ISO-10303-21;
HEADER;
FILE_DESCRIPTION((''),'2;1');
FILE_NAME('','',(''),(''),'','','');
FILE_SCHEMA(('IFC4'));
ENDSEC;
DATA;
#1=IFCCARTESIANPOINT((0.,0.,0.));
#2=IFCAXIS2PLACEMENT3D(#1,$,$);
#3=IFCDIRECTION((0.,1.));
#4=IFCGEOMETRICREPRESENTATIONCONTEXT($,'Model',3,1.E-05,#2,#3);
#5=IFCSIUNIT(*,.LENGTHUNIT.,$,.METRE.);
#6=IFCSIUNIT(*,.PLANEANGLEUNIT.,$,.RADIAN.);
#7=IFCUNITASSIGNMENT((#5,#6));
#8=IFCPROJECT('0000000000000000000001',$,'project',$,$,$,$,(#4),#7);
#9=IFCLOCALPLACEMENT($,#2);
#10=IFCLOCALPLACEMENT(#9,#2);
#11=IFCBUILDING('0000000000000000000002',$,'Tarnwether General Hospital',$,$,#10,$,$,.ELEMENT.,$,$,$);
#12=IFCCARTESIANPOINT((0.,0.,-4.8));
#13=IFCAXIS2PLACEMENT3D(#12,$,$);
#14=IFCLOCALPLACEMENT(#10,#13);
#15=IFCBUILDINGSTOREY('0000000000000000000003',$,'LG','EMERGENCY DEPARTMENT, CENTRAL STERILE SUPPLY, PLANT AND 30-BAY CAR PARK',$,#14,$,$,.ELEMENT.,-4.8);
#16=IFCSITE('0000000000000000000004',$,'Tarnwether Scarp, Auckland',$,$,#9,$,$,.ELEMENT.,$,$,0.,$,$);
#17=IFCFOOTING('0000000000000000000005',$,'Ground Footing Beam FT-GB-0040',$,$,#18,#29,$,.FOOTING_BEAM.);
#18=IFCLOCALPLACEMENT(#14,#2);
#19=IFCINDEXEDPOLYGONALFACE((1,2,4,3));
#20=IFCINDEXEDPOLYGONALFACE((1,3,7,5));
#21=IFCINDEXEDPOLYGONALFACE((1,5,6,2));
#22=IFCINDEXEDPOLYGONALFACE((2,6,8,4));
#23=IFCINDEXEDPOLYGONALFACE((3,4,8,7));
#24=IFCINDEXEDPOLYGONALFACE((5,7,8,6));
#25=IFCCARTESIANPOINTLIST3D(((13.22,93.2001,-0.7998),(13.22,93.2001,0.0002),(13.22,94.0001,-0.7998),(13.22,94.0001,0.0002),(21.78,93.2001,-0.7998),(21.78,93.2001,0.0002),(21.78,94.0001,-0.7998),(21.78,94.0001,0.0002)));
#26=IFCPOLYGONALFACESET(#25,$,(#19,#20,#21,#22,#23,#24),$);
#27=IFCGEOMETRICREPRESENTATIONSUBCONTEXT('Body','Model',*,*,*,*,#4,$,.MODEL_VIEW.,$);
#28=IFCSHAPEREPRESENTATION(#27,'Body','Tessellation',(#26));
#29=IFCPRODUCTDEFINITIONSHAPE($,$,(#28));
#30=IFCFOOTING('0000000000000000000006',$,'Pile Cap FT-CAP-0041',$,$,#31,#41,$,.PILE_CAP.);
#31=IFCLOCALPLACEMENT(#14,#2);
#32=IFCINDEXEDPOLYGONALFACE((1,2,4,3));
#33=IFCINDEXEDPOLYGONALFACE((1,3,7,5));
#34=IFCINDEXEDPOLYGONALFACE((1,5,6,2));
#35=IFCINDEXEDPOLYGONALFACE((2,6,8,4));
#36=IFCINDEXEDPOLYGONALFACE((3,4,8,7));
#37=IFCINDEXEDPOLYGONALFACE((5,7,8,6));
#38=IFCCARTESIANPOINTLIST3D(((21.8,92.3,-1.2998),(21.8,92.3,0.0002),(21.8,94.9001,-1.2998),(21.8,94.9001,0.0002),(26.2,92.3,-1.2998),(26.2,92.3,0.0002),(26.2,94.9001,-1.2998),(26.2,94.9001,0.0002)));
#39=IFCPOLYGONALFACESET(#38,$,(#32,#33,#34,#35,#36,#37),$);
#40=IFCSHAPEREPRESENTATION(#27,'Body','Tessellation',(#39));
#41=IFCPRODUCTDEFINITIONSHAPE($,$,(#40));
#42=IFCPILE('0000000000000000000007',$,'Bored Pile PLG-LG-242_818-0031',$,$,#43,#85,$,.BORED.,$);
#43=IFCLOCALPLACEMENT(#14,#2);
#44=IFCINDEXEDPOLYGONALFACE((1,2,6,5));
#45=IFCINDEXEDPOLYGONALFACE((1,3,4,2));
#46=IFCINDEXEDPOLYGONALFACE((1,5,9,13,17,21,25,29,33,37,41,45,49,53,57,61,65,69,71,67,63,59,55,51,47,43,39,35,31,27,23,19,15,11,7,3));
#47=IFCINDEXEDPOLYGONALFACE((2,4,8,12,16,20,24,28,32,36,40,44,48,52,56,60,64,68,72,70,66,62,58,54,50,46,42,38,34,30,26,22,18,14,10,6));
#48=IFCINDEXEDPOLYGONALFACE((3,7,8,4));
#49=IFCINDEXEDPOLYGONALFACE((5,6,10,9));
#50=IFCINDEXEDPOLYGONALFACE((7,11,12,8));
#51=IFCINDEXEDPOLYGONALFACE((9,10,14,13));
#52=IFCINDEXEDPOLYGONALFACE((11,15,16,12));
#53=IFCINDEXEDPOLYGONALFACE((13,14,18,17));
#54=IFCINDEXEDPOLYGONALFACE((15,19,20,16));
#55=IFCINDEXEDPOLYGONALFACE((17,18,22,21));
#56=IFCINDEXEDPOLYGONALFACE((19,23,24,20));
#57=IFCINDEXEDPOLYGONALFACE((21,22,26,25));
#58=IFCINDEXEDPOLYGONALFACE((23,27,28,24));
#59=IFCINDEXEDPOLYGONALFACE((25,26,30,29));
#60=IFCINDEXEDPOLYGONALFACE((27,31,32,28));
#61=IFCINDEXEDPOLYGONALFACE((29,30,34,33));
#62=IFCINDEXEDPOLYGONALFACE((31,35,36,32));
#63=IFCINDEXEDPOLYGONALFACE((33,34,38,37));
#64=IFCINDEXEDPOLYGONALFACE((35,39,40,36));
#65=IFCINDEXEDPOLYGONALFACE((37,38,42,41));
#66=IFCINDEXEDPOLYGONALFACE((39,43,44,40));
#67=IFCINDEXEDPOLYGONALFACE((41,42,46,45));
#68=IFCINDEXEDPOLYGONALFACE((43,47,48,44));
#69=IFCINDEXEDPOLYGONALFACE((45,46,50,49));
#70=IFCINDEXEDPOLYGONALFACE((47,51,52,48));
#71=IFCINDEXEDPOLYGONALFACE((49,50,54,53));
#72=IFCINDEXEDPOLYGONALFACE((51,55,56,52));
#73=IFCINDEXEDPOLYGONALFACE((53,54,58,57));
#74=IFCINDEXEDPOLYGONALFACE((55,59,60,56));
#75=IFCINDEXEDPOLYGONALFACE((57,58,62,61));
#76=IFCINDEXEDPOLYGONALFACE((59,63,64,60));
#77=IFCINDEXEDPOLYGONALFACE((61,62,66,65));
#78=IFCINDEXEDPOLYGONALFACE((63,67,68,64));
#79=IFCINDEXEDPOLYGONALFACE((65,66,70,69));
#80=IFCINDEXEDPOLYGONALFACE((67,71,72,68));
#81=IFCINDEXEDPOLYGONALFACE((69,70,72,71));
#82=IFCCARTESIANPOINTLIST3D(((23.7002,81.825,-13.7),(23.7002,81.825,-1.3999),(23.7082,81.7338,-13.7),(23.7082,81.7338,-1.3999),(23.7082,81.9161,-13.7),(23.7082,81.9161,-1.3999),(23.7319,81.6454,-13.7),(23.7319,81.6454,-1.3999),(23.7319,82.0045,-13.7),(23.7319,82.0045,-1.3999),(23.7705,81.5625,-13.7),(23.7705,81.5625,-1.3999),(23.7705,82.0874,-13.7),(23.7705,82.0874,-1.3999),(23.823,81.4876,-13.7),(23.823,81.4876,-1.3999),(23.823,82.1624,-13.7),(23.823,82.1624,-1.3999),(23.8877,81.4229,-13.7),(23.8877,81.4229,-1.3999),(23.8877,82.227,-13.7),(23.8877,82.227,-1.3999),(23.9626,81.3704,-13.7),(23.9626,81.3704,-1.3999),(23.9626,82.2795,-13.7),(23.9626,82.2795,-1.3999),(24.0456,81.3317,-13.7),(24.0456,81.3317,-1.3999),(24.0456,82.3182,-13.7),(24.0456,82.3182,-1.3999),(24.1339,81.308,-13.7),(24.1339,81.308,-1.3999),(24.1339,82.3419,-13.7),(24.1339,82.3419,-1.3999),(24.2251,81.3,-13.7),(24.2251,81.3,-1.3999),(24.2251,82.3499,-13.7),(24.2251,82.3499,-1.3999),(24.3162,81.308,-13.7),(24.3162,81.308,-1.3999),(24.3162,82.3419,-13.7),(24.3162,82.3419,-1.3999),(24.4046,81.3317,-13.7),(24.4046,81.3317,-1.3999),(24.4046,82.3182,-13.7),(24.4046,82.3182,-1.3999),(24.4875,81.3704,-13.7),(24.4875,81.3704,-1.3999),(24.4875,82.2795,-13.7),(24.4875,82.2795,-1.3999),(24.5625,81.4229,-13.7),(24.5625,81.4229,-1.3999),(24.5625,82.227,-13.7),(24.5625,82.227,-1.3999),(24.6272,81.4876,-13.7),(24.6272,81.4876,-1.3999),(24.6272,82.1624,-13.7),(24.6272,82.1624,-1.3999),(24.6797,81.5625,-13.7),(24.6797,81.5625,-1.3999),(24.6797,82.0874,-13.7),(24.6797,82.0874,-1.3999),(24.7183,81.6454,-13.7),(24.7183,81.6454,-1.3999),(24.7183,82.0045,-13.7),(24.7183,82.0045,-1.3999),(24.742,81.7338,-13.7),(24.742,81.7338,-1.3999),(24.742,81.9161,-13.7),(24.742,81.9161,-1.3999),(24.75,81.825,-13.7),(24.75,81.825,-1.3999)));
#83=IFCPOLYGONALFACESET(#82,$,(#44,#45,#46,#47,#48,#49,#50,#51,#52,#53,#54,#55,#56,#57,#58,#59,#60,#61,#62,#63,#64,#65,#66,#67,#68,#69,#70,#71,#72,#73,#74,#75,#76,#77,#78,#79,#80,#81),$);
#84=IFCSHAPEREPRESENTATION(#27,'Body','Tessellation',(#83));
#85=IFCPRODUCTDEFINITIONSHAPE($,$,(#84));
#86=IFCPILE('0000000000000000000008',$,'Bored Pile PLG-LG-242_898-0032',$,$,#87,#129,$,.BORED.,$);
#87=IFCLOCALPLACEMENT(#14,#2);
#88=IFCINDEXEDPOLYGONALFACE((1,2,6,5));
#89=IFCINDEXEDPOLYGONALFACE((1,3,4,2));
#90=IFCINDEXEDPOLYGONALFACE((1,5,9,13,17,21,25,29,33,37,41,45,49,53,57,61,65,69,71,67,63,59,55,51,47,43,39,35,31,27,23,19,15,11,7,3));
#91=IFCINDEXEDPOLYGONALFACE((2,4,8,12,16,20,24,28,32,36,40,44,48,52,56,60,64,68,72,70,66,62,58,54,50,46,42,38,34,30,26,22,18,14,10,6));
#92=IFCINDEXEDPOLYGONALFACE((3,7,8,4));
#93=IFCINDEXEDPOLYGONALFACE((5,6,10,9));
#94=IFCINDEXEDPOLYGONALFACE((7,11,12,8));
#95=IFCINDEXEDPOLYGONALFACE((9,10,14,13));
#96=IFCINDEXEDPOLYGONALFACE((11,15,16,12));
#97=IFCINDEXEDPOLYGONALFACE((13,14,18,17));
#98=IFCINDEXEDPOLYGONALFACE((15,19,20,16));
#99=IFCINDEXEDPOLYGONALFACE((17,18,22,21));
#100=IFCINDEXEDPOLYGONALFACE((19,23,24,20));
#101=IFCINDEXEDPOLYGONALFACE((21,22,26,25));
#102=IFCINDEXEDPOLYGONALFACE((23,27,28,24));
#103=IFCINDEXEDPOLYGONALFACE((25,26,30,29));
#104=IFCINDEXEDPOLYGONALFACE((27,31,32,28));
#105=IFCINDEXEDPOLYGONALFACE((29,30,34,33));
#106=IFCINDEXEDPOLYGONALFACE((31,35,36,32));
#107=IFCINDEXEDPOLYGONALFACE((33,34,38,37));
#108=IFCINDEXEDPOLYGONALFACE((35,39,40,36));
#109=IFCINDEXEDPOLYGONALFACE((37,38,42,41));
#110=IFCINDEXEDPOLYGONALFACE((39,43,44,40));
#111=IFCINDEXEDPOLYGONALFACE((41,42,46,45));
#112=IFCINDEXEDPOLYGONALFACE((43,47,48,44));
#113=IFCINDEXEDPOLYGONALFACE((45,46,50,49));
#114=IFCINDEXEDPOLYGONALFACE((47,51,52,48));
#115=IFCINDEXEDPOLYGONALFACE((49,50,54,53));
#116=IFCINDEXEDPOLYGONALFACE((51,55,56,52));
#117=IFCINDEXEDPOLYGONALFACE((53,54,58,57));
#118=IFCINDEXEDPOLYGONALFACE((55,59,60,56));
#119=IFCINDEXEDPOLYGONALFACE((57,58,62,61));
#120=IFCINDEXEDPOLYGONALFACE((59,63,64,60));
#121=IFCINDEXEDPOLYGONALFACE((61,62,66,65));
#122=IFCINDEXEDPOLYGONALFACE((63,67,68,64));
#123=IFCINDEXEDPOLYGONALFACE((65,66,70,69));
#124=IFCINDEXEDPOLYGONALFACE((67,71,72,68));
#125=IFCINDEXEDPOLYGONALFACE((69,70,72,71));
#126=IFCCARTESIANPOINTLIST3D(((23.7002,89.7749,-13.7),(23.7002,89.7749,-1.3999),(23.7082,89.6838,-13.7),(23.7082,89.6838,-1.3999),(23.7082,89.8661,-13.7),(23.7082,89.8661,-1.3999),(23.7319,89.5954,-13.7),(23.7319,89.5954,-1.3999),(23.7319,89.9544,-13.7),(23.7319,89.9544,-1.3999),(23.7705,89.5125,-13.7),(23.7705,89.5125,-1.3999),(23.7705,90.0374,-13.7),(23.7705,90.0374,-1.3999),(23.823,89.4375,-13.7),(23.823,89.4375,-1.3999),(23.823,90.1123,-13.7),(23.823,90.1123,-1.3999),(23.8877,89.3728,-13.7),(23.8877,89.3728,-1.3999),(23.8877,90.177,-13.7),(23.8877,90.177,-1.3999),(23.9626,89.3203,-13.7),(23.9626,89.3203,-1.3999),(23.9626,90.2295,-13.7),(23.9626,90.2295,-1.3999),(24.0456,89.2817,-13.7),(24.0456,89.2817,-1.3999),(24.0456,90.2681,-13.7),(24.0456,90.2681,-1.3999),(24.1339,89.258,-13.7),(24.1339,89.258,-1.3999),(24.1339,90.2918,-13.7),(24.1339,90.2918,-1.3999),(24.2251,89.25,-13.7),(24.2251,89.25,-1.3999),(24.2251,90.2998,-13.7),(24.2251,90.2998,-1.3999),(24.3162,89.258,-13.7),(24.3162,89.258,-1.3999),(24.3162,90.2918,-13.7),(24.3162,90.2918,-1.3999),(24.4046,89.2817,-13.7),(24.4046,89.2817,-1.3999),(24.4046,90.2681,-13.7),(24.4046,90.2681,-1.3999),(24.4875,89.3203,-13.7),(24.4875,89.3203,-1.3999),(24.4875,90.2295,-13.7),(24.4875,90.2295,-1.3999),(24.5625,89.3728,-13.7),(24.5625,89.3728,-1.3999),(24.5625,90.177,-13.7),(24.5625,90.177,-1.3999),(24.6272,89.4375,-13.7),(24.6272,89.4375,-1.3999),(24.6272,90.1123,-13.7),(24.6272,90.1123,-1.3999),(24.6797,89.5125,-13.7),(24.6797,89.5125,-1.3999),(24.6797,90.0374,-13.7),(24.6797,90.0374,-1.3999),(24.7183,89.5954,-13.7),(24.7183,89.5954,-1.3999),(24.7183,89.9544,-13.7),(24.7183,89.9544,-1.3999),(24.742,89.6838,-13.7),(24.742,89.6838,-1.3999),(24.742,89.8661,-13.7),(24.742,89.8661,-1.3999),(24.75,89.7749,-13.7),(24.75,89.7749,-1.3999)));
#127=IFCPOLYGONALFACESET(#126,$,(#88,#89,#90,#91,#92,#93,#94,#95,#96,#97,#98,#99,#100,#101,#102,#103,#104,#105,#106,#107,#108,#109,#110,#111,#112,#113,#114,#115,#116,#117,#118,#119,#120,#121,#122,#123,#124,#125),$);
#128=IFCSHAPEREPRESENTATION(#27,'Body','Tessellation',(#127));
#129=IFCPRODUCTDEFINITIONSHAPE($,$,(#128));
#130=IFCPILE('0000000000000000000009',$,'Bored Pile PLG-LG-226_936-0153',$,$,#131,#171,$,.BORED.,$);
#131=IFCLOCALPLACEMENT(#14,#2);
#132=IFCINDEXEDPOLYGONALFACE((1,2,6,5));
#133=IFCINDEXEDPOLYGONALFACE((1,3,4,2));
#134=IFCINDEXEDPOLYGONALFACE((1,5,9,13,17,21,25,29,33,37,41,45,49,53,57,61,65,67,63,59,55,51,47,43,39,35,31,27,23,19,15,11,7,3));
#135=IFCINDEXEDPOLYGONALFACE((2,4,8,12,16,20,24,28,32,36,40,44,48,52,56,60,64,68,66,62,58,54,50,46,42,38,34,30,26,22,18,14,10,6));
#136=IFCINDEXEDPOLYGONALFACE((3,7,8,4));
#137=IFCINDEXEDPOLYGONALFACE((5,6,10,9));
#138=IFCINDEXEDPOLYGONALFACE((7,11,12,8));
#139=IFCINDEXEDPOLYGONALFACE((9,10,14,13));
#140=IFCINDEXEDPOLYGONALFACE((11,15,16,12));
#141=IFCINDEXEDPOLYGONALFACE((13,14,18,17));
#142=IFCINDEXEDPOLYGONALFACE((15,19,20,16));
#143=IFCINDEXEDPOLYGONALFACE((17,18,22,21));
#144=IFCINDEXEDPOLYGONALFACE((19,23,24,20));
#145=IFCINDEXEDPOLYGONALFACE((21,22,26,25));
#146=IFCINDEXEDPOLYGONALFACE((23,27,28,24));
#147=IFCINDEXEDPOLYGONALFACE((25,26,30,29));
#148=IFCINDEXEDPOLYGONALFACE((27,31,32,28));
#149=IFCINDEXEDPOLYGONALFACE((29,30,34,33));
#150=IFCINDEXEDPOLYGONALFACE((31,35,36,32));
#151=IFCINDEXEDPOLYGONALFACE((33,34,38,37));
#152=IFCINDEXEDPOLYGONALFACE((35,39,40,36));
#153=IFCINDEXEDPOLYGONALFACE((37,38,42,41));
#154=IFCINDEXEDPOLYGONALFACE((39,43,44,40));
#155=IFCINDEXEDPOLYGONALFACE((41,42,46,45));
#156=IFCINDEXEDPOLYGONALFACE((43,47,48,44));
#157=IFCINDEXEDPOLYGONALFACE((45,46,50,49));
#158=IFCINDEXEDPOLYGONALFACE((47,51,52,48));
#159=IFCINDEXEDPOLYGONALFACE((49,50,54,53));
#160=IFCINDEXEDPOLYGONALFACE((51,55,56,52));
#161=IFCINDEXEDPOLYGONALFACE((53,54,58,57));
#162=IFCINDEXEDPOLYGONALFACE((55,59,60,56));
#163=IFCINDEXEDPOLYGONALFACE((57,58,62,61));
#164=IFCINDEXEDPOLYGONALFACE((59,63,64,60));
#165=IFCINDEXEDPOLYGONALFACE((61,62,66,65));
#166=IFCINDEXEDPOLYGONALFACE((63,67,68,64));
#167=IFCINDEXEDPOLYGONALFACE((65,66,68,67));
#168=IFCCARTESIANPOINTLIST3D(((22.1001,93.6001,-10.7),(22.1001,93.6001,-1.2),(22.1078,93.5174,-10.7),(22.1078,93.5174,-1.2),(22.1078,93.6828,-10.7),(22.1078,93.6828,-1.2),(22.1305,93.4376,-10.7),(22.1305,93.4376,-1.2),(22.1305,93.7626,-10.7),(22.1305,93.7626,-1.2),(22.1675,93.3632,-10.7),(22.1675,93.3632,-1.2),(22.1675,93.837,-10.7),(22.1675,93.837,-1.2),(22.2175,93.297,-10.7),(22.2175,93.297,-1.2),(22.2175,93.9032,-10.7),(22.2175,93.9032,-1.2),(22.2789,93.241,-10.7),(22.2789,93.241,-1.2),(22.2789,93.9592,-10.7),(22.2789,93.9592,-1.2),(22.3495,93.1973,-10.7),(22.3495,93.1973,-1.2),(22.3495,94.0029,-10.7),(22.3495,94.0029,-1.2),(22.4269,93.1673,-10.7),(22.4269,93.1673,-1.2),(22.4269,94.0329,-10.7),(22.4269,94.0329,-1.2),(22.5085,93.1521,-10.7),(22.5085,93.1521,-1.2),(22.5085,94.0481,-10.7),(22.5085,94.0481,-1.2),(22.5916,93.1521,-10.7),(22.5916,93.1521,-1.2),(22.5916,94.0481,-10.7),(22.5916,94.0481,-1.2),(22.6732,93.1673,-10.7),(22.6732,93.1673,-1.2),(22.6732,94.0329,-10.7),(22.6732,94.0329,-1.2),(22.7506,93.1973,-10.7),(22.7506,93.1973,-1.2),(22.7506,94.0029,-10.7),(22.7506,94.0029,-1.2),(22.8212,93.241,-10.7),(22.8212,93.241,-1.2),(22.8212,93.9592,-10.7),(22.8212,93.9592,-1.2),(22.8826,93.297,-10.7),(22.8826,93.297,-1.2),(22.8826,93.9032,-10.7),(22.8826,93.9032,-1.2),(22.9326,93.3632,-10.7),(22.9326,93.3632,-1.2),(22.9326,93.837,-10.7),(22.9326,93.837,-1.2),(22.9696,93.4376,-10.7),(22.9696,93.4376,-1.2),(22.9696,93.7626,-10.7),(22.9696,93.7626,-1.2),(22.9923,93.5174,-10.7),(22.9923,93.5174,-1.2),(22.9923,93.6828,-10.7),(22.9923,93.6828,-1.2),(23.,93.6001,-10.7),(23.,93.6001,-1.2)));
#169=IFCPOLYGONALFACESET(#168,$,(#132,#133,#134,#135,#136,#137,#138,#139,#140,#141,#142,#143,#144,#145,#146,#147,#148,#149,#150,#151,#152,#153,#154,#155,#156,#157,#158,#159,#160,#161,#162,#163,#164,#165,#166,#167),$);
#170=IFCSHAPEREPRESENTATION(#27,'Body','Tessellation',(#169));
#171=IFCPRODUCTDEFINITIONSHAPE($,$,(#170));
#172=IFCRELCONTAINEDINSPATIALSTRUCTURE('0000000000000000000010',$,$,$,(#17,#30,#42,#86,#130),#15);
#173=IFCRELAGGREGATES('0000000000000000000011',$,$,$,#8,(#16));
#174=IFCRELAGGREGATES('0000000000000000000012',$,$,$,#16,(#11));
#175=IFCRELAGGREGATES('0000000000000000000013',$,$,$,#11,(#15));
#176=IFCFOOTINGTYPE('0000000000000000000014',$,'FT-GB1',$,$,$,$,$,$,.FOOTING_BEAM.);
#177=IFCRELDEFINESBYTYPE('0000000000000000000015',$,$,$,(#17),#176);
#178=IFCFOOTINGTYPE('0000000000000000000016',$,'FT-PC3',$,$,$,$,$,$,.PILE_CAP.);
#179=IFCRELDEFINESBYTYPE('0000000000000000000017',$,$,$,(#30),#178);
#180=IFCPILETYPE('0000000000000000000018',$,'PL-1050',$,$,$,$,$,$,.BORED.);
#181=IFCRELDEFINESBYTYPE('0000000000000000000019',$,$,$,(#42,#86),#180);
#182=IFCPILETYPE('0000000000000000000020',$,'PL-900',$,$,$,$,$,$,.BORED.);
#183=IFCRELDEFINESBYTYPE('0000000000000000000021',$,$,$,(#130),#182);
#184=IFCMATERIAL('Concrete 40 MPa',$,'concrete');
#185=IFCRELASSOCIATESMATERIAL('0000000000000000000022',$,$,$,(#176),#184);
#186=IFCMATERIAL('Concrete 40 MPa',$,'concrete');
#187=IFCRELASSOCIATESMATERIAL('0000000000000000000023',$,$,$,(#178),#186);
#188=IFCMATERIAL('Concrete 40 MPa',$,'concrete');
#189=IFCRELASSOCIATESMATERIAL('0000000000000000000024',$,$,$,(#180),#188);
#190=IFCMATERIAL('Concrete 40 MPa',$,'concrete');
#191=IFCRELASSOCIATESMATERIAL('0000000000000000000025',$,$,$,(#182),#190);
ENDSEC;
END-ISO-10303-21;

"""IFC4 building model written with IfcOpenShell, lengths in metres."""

from ifc_helpers import new_model, si_unit, direction, frame, origin, origin_2d, place, context, subcontext, project, spatial, rectangle, circle, extrude, material, material_profile, profile_set, type_object, element, save


model = new_model("IFC4")

# Units and contexts
model_context = context("Model", 3, precision=1e-05, world=origin(), true_north=direction((0.0, 1.0)))
body_context = subcontext(model_context, "Body", "Model", "MODEL_VIEW")
ifc_project = project(units=[si_unit("LENGTHUNIT", "METRE"), si_unit("PLANEANGLEUNIT", "RADIAN")], contexts=[model_context])

# Site, building, storey
site_placement = place(None, origin())
site = spatial("IfcSite", under=ifc_project, at=site_placement, Name="Tarnwether Scarp, Auckland", CompositionType="ELEMENT", RefElevation=0.0)
building_placement = place(site_placement, origin())
building = spatial("IfcBuilding", under=site, at=building_placement, Name="Tarnwether General Hospital", CompositionType="ELEMENT")
storey_placement = place(building_placement, frame((0.0, 0.0, -4.8)))
storey = spatial("IfcBuildingStorey", under=building, at=storey_placement, Name="LG", Description="EMERGENCY DEPARTMENT, CENTRAL STERILE SUPPLY, PLANT AND 30-BAY CAR PARK", CompositionType="ELEMENT", Elevation=-4.8)

# Footings
ifc_material_1 = material(Name="Concrete 40 MPa", Category="concrete")
footing_type_1 = type_object("IfcFootingType", Name="FT-GB1", PredefinedType="FOOTING_BEAM", material=ifc_material_1)
footing_1_placement = place(storey_placement, frame((17.5, 93.6001, -0.7998), z_axis=(0.0, 0.0, 1.0), x_axis=(1.0, 0.0, 0.0)))
element("IfcFooting", 1, at=footing_1_placement, inside=storey, type_object=footing_type_1, Name="Ground Footing Beam FT-GB-0040", PredefinedType="FOOTING_BEAM", context=body_context, shape_type="SweptSolid", body=[
    extrude(rectangle(XDim=8.5601, YDim=0.8, at=origin_2d()), origin(), (0.0, 0.0, 1.0), 0.8),
])
ifc_material_2 = material(Name="Concrete 40 MPa", Category="concrete")
footing_type_2 = type_object("IfcFootingType", Name="FT-PC3", PredefinedType="PILE_CAP", material=ifc_material_2)
footing_2_placement = place(storey_placement, frame((24.0, 93.6001, -1.2998), z_axis=(0.0, 0.0, 1.0), x_axis=(1.0, 0.0, 0.0)))
element("IfcFooting", 2, at=footing_2_placement, inside=storey, type_object=footing_type_2, Name="Pile Cap FT-CAP-0041", PredefinedType="PILE_CAP", context=body_context, shape_type="SweptSolid", body=[
    extrude(rectangle(XDim=4.3999, YDim=2.6001, at=origin_2d()), origin(), (0.0, 0.0, 1.0), 1.3),
])

# Piles
ifc_material_3 = material(Name="Concrete 40 MPa", Category="concrete")
ifc_material_profile_1 = material_profile(ifc_material_3, circle(Radius=0.5249, at=origin_2d()), Name="PILE-D1050")
ifc_profile_set_1 = profile_set([ifc_material_profile_1], Name="Concrete 40 MPa")
pile_type_1 = type_object("IfcPileType", Name="PL-1050", PredefinedType="BORED", material=ifc_profile_set_1)
for number, where, z_axis, x_axis, name in (
    (3, (24.2251, 81.825, -1.3999), (0.0, 0.0, -1.0), (1.0, 0.0, 0.0), "Bored Pile PLG-LG-242_818-0031"),
    (4, (24.2251, 89.7749, -1.3999), (0.0, 0.0, -1.0), (1.0, 0.0, 0.0), "Bored Pile PLG-LG-242_898-0032"),
):
    element("IfcPile", number, at=place(storey_placement, frame(where, z_axis=z_axis, x_axis=x_axis)), inside=storey, type_object=pile_type_1, Name=name, PredefinedType="BORED", context=body_context, shape_type="SweptSolid", body=[
        extrude(circle(Radius=0.5249, at=origin_2d()), origin(), (0.0, 0.0, 1.0), 12.3),
    ])
ifc_material_4 = material(Name="Concrete 40 MPa", Category="concrete")
ifc_material_profile_2 = material_profile(ifc_material_4, circle(Radius=0.45, at=origin_2d()), Name="PILE-D900")
ifc_profile_set_2 = profile_set([ifc_material_profile_2], Name="Concrete 40 MPa")
pile_type_2 = type_object("IfcPileType", Name="PL-900", PredefinedType="BORED", material=ifc_profile_set_2)
for number, where, z_axis, x_axis, name in (
    (5, (22.55, 93.6001, -1.2), (0.0, 0.0, -1.0), (1.0, 0.0, 0.0), "Bored Pile PLG-LG-226_936-0153"),
):
    element("IfcPile", number, at=place(storey_placement, frame(where, z_axis=z_axis, x_axis=x_axis)), inside=storey, type_object=pile_type_2, Name=name, PredefinedType="BORED", context=body_context, shape_type="SweptSolid", body=[
        extrude(circle(Radius=0.45, at=origin_2d()), origin(), (0.0, 0.0, 1.0), 9.5),
    ])

save(model, "model.ifc")
